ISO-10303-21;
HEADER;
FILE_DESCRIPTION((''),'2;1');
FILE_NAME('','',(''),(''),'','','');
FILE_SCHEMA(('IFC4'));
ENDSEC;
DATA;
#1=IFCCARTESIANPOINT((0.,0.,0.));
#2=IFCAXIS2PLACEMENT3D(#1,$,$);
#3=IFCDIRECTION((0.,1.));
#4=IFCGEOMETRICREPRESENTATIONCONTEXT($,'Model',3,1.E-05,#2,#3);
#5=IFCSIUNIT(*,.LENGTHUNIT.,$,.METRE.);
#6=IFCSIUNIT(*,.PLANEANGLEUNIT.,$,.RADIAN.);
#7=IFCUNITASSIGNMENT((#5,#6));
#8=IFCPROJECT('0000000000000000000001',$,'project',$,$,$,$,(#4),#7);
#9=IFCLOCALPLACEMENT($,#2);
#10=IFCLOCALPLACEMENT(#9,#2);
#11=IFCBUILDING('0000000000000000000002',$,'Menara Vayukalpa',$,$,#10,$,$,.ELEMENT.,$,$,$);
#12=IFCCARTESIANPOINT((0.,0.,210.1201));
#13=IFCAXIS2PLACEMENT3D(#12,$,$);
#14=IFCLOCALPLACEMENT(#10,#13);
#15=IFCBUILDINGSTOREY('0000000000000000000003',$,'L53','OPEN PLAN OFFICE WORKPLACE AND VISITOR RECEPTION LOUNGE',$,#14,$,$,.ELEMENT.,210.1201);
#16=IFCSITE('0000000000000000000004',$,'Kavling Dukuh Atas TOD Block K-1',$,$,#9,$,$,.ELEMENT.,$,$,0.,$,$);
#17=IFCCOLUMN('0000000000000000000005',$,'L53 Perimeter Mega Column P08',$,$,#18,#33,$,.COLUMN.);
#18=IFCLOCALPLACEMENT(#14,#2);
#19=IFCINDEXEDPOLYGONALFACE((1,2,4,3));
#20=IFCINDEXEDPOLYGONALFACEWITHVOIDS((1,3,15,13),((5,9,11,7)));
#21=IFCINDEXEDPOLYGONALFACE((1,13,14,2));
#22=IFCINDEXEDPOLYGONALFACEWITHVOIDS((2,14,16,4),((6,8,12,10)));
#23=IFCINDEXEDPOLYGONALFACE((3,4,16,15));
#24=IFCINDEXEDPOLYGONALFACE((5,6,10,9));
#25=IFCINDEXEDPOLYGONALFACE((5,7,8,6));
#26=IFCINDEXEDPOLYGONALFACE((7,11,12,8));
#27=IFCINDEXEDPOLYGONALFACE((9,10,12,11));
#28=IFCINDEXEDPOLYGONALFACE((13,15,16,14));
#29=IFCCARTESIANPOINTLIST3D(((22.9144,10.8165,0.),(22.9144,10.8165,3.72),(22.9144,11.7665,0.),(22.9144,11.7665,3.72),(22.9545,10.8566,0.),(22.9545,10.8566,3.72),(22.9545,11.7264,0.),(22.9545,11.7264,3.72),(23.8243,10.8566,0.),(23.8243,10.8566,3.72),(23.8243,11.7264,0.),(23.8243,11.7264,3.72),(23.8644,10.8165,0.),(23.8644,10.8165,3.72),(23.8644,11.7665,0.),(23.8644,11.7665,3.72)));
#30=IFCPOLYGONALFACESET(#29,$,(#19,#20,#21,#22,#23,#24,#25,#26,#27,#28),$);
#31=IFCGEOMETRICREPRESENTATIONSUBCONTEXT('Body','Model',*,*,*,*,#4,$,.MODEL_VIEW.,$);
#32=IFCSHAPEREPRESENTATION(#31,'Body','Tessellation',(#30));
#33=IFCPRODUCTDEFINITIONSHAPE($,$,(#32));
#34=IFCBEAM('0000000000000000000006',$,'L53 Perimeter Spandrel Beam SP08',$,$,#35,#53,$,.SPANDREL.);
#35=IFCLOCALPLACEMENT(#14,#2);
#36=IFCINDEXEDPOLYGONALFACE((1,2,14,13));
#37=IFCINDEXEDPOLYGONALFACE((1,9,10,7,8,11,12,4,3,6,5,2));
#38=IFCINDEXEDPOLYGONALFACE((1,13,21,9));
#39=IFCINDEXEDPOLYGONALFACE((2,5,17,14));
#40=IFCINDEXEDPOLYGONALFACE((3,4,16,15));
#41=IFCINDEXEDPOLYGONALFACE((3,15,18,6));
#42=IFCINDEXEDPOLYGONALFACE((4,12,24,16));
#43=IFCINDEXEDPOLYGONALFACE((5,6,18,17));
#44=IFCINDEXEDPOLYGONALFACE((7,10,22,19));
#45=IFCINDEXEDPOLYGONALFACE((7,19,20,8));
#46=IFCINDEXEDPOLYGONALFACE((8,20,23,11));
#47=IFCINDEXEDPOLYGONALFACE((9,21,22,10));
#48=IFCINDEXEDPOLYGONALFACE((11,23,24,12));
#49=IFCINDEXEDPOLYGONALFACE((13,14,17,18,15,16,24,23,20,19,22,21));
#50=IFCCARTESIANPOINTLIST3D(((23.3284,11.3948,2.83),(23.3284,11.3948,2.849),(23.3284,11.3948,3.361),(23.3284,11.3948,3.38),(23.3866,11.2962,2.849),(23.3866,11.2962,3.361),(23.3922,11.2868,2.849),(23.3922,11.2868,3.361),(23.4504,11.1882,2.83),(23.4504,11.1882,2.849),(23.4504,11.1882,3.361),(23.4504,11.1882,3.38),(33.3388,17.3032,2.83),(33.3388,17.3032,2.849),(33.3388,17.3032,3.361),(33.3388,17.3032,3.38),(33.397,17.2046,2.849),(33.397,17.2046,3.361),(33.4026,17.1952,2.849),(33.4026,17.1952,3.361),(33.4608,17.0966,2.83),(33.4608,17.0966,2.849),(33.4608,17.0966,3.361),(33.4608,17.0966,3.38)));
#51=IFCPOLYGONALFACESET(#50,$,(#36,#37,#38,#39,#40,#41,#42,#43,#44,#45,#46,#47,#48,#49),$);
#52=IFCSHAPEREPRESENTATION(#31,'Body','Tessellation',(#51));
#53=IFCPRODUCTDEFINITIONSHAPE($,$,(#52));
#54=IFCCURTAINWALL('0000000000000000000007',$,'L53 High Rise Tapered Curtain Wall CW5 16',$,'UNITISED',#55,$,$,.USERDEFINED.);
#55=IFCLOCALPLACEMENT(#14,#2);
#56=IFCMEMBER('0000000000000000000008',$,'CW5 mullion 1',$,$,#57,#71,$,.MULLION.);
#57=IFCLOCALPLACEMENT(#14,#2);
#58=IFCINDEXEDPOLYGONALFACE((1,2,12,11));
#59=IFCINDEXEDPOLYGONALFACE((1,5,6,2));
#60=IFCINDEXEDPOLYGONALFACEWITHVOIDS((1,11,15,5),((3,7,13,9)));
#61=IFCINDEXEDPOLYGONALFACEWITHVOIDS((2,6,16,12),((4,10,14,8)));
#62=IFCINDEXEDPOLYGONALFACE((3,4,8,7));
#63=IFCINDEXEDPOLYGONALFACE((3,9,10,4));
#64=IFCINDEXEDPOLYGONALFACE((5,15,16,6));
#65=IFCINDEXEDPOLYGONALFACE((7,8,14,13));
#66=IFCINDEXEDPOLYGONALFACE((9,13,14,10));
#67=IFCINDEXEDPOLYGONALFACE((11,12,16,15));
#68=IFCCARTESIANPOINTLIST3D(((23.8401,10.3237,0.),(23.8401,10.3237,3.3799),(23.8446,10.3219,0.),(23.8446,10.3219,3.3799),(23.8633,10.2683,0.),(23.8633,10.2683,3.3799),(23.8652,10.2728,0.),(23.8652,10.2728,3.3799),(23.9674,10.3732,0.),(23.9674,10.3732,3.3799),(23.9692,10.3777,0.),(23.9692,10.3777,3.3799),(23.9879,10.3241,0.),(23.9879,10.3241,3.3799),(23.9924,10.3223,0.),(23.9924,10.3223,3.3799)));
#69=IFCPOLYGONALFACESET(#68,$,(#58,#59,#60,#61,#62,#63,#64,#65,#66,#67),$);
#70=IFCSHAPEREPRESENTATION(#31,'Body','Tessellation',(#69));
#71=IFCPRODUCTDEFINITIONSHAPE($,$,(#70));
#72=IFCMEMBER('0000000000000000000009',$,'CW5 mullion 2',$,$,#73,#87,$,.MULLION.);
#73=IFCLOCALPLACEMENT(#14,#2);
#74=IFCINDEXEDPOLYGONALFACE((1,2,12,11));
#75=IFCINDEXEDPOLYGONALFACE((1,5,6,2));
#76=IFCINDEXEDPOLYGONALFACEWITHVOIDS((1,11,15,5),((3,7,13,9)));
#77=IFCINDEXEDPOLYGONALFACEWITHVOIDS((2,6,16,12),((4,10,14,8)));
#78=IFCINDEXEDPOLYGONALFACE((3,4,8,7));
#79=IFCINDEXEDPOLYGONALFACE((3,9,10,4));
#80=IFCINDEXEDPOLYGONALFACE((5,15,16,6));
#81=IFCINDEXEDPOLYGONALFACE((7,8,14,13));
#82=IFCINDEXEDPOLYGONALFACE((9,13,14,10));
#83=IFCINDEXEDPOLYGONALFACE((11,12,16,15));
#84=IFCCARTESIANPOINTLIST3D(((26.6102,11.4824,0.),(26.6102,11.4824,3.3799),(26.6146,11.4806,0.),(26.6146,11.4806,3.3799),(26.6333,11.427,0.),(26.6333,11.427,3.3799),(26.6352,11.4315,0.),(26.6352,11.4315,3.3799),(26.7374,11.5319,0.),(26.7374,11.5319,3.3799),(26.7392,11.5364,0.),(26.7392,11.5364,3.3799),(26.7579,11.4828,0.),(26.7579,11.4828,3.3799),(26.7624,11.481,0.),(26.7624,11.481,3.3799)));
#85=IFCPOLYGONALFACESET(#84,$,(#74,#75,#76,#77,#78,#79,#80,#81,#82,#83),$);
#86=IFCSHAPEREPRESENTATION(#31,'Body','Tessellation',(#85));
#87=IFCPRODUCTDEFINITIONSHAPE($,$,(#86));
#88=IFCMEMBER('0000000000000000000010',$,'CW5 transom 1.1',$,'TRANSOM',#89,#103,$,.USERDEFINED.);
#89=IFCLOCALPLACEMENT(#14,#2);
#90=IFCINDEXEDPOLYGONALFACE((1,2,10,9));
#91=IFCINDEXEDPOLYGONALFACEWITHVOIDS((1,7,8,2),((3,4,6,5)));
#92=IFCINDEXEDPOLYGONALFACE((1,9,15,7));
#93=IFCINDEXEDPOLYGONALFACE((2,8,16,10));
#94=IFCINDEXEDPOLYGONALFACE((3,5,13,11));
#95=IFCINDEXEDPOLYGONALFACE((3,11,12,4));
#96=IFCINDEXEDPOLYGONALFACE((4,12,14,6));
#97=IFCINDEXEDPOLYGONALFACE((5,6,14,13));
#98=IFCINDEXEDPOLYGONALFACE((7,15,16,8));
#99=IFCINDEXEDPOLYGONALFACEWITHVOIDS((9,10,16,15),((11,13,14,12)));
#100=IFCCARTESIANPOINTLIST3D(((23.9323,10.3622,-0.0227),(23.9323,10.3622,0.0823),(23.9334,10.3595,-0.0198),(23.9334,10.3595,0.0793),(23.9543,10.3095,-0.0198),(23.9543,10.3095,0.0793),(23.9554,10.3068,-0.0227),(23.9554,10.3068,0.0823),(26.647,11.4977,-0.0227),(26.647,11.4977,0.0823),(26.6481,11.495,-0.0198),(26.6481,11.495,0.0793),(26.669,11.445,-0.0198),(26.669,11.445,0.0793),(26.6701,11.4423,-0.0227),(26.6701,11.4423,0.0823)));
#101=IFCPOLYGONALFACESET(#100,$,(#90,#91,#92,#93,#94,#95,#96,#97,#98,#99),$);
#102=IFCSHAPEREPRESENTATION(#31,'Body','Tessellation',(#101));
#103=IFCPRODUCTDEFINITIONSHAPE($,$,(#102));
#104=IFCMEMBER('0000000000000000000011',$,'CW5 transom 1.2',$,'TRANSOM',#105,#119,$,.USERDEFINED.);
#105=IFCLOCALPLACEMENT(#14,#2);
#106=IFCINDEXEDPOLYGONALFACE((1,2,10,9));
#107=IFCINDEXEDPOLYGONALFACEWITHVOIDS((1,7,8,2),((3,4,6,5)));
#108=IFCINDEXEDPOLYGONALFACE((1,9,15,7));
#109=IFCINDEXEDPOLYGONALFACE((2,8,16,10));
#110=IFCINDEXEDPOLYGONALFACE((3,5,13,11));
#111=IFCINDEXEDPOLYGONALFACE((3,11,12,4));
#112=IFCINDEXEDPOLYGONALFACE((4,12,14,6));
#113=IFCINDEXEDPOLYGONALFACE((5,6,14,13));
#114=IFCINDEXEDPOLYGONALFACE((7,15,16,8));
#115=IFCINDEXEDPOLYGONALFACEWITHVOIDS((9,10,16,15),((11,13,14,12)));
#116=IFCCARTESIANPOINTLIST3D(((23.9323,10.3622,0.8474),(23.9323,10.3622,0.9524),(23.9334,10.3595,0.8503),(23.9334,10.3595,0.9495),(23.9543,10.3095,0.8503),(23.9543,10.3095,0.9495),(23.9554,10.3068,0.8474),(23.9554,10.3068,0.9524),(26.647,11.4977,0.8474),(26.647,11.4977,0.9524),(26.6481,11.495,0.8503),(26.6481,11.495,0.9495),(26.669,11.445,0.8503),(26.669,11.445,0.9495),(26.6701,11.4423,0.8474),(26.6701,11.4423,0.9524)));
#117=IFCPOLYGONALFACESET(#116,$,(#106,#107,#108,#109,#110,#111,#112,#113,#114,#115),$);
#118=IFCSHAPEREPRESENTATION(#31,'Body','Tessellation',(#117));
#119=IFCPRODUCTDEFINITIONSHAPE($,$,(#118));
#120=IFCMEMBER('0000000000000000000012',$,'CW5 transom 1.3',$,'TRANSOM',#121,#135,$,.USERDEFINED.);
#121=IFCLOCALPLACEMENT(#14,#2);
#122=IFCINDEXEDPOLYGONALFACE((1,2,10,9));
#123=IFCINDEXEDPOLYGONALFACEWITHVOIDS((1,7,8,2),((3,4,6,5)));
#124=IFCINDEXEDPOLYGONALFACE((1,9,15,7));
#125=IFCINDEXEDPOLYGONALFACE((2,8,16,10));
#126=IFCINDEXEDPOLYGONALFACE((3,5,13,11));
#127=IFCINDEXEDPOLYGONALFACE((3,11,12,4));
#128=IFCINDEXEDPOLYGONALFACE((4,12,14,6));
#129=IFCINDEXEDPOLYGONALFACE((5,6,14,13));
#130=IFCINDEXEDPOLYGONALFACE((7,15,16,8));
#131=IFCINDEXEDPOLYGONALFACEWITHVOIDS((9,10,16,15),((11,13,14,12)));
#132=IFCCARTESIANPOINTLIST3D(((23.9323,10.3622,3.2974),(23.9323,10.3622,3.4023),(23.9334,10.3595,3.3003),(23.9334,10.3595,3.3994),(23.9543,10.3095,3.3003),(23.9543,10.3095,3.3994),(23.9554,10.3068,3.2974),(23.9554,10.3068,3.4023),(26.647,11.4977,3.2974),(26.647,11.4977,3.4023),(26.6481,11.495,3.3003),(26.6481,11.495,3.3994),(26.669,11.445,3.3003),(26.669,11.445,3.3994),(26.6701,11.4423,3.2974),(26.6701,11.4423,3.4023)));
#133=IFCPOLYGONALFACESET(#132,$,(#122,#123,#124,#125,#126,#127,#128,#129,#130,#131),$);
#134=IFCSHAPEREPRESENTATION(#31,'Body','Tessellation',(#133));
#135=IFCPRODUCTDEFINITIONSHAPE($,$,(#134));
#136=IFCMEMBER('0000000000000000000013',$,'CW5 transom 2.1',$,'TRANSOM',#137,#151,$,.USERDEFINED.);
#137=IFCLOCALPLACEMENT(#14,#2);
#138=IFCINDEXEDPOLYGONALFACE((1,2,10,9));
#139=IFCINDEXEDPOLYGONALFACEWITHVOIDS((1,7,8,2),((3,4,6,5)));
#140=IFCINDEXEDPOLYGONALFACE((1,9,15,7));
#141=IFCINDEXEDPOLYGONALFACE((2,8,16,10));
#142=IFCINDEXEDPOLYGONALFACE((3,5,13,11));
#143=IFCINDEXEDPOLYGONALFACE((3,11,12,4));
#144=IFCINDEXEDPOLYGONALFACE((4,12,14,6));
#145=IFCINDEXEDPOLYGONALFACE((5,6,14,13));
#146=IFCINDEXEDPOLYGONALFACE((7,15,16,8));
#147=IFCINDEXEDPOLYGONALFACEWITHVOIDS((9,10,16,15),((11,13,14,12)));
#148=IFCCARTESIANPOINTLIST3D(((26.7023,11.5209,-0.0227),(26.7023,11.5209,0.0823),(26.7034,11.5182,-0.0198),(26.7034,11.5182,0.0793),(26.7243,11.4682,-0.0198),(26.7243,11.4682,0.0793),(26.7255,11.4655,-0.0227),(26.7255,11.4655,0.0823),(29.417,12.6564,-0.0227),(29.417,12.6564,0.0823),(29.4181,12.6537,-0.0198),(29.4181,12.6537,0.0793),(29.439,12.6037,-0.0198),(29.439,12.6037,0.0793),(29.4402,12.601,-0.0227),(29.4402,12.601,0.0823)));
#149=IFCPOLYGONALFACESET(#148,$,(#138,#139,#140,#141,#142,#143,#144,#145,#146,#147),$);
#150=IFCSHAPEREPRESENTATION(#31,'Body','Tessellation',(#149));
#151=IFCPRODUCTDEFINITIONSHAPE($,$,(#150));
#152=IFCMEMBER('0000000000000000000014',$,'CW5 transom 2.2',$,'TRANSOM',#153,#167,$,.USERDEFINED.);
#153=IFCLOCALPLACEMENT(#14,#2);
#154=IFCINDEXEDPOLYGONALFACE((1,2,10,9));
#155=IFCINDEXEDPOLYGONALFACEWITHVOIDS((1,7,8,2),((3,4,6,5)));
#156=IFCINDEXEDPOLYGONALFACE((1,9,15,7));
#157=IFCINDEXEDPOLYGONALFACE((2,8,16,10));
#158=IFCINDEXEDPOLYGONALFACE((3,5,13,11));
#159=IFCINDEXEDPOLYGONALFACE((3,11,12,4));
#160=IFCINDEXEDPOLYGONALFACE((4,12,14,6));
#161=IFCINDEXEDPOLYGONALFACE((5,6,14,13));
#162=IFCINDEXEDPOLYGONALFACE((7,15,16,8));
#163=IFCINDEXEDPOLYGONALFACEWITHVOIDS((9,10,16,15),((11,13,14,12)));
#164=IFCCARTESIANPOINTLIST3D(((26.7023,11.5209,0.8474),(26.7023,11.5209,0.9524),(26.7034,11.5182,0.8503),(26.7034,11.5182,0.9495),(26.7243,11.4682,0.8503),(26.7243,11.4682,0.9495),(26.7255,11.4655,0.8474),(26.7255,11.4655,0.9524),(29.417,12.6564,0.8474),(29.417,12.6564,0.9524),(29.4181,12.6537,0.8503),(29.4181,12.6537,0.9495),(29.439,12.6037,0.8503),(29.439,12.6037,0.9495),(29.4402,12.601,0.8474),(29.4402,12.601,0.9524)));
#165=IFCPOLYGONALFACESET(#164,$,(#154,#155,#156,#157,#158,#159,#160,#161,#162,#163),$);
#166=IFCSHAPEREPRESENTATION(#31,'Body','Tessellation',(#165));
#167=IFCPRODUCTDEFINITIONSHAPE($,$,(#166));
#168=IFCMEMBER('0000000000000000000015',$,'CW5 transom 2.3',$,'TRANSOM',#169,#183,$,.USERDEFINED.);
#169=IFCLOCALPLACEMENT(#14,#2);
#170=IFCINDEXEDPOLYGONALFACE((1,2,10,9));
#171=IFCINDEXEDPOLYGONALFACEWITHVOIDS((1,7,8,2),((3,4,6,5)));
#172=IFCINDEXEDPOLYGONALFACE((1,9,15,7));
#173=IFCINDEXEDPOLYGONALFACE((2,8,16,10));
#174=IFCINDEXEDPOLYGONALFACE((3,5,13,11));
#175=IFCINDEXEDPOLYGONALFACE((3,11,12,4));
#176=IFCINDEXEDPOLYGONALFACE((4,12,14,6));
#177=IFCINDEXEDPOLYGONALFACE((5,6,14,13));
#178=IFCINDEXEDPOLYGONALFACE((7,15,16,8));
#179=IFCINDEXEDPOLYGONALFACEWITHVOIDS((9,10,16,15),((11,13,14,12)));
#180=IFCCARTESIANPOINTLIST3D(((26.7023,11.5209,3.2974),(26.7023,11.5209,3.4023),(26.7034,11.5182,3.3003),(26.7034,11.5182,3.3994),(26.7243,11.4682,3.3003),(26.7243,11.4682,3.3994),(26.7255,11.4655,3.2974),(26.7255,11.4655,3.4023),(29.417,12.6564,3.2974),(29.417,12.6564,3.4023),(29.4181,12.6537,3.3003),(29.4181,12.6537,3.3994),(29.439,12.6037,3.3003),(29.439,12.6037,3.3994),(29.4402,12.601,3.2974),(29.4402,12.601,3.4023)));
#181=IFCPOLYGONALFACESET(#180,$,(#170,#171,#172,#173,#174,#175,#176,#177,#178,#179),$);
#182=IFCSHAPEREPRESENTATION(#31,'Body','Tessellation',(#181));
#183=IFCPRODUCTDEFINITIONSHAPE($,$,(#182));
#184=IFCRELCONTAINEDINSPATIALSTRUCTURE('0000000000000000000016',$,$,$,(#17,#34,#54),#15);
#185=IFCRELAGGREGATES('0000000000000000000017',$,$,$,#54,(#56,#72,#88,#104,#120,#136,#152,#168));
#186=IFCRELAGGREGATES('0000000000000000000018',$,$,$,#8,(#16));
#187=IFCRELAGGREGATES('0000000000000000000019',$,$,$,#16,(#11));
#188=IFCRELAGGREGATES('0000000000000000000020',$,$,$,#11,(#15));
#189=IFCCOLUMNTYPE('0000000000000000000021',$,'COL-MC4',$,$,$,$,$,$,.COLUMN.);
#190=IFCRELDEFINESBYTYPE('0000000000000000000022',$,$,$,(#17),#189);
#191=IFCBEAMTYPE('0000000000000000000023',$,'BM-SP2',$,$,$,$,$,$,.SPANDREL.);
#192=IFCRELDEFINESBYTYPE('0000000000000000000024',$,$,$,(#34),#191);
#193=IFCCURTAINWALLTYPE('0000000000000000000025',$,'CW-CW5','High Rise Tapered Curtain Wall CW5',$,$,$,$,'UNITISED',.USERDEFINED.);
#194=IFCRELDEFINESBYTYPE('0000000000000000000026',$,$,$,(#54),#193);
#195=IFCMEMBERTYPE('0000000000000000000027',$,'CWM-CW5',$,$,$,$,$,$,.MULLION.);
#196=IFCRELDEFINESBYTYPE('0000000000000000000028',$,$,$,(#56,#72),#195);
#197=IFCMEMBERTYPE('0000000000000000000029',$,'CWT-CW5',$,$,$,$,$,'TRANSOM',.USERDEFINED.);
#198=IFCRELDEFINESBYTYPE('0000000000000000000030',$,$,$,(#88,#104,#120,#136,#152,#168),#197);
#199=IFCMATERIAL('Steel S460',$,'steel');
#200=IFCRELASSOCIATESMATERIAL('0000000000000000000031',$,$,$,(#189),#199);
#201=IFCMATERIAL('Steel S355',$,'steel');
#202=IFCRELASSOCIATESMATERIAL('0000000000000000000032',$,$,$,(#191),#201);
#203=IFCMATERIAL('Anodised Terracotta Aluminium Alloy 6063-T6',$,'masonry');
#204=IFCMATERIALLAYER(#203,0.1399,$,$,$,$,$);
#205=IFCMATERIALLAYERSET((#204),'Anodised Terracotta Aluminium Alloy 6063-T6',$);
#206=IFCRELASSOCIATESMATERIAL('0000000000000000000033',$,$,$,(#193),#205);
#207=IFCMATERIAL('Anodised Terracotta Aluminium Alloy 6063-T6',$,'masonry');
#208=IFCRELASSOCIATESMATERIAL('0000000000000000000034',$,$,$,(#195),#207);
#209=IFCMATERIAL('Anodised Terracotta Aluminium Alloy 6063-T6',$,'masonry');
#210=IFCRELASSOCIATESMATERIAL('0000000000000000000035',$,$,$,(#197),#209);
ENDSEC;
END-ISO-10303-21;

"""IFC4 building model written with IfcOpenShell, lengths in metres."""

from ifc_helpers import new_model, si_unit, direction, frame, origin, origin_2d, place, context, subcontext, project, spatial, hollow_rectangle, i_section, extrude, material, layer, layer_set, material_profile, profile_set, type_object, element, aggregate, save


model = new_model("IFC4")

# Units and contexts
model_context = context("Model", 3, precision=1e-05, world=origin(), true_north=direction((0.0, 1.0)))
body_context = subcontext(model_context, "Body", "Model", "MODEL_VIEW")
ifc_project = project(units=[si_unit("LENGTHUNIT", "METRE"), si_unit("PLANEANGLEUNIT", "RADIAN")], contexts=[model_context])

# Site, building, storey
site_placement = place(None, origin())
site = spatial("IfcSite", under=ifc_project, at=site_placement, Name="Kavling Dukuh Atas TOD Block K-1", CompositionType="ELEMENT", RefElevation=0.0)
building_placement = place(site_placement, origin())
building = spatial("IfcBuilding", under=site, at=building_placement, Name="Menara Vayukalpa", CompositionType="ELEMENT")
storey_placement = place(building_placement, frame((0.0, 0.0, 210.1201)))
storey = spatial("IfcBuildingStorey", under=building, at=storey_placement, Name="L53", Description="OPEN PLAN OFFICE WORKPLACE AND VISITOR RECEPTION LOUNGE", CompositionType="ELEMENT", Elevation=210.1201)

# Column
ifc_material_1 = material(Name="Steel S460", Category="steel")
ifc_material_profile_1 = material_profile(ifc_material_1, hollow_rectangle(XDim=0.95, YDim=0.95, WallThickness=0.04, at=origin_2d()), Name="BOX 950x950x40")
ifc_profile_set_1 = profile_set([ifc_material_profile_1], Name="Steel S460")
column_type = type_object("IfcColumnType", Name="COL-MC4", PredefinedType="COLUMN", material=ifc_profile_set_1)
column_placement = place(storey_placement, frame((23.3894, 11.2915, 0.0), z_axis=(0.0, 0.0, 1.0), x_axis=(1.0, 0.0, 0.0)))
element("IfcColumn", 1, at=column_placement, inside=storey, type_object=column_type, Name="L53 Perimeter Mega Column P08", PredefinedType="COLUMN", context=body_context, shape_type="SweptSolid", body=[
    extrude(hollow_rectangle(XDim=0.95, YDim=0.95, WallThickness=0.04, at=origin_2d()), origin(), (0.0, 0.0, 1.0), 3.72),
])

# Beam
ifc_material_2 = material(Name="Steel S355", Category="steel")
ifc_material_profile_2 = material_profile(ifc_material_2, i_section(OverallWidth=0.24, OverallDepth=0.55, WebThickness=0.011, FlangeThickness=0.019, at=origin_2d()), Name="WF 550x240x11x19")
ifc_profile_set_2 = profile_set([ifc_material_profile_2], Name="Steel S355")
beam_type = type_object("IfcBeamType", Name="BM-SP2", PredefinedType="SPANDREL", material=ifc_profile_set_2)
beam_placement = place(storey_placement, frame((23.3894, 11.2915, 3.105), z_axis=(0.861184, 0.508293, 0.0), x_axis=(-0.508293, 0.861184, 0.0)))
element("IfcBeam", 2, at=beam_placement, inside=storey, type_object=beam_type, Name="L53 Perimeter Spandrel Beam SP08", PredefinedType="SPANDREL", context=body_context, shape_type="SweptSolid", body=[
    extrude(i_section(OverallWidth=0.24, OverallDepth=0.55, WebThickness=0.011, FlangeThickness=0.019, at=origin_2d()), origin(), (0.0, 0.0, 1.0), 11.624),
])

# Curtain wall, members
ifc_material_3 = material(Name="Anodised Terracotta Aluminium Alloy 6063-T6", Category="masonry")
ifc_layer_1 = layer(ifc_material_3, 0.1399)
ifc_layer_set_1 = layer_set([ifc_layer_1], Name="Anodised Terracotta Aluminium Alloy 6063-T6")
curtain_wall_type = type_object("IfcCurtainWallType", Name="CW-CW5", Description="High Rise Tapered Curtain Wall CW5", ElementType="UNITISED", PredefinedType="USERDEFINED", material=ifc_layer_set_1)
curtain_wall_placement = place(storey_placement, origin())
curtain_wall = element("IfcCurtainWall", 3, at=curtain_wall_placement, inside=storey, type_object=curtain_wall_type, Name="L53 High Rise Tapered Curtain Wall CW5 16", ObjectType="UNITISED", PredefinedType="USERDEFINED")
ifc_material_4 = material(Name="Anodised Terracotta Aluminium Alloy 6063-T6", Category="masonry")
ifc_material_profile_3 = material_profile(ifc_material_4, hollow_rectangle(XDim=0.0601, YDim=0.1399, WallThickness=0.0034, at=origin_2d()), Name="ALU 60x140x3.5")
ifc_profile_set_3 = profile_set([ifc_material_profile_3], Name="Anodised Terracotta Aluminium Alloy 6063-T6")
member_type_1 = type_object("IfcMemberType", Name="CWM-CW5", PredefinedType="MULLION", material=ifc_profile_set_3)
member_1_placement = place(storey_placement, frame((23.9163, 10.323, 0.0), z_axis=(0.0, 0.0, 1.0), x_axis=(-0.385903, 0.922539, 0.0)))
member_1 = element("IfcMember", 4, at=member_1_placement, type_object=member_type_1, Name="CW5 mullion 1", PredefinedType="MULLION", context=body_context, shape_type="SweptSolid", body=[
    extrude(hollow_rectangle(XDim=0.0601, YDim=0.1399, WallThickness=0.0034, at=origin_2d()), origin(), (0.0, 0.0, 1.0), 3.3799),
])
member_2_placement = place(storey_placement, frame((26.6863, 11.4817, 0.0), z_axis=(0.0, 0.0, 1.0), x_axis=(-0.385903, 0.922539, 0.0)))
member_2 = element("IfcMember", 5, at=member_2_placement, type_object=member_type_1, Name="CW5 mullion 2", PredefinedType="MULLION", context=body_context, shape_type="SweptSolid", body=[
    extrude(hollow_rectangle(XDim=0.0601, YDim=0.1399, WallThickness=0.0034, at=origin_2d()), origin(), (0.0, 0.0, 1.0), 3.3799),
])
ifc_material_5 = material(Name="Anodised Terracotta Aluminium Alloy 6063-T6", Category="masonry")
ifc_material_profile_4 = material_profile(ifc_material_5, hollow_rectangle(XDim=0.0601, YDim=0.105, WallThickness=0.0029, at=origin_2d()), Name="ALU 60x105x3")
ifc_profile_set_4 = profile_set([ifc_material_profile_4], Name="Anodised Terracotta Aluminium Alloy 6063-T6")
member_type_2 = type_object("IfcMemberType", Name="CWT-CW5", ElementType="TRANSOM", PredefinedType="USERDEFINED", material=ifc_profile_set_4)
member_3_placement = place(storey_placement, frame((23.9438, 10.3345, 0.0298), z_axis=(0.922543, 0.385893, 0.0), x_axis=(-0.385893, 0.922543, 0.0)))
member_3 = element("IfcMember", 6, at=member_3_placement, type_object=member_type_2, Name="CW5 transom 1.1", ObjectType="TRANSOM", PredefinedType="USERDEFINED", context=body_context, shape_type="SweptSolid", body=[
    extrude(hollow_rectangle(XDim=0.0601, YDim=0.105, WallThickness=0.0029, at=origin_2d()), origin(), (0.0, 0.0, 1.0), 2.9426),
])
member_4_placement = place(storey_placement, frame((23.9438, 10.3345, 0.8999), z_axis=(0.922543, 0.385893, 0.0), x_axis=(-0.385893, 0.922543, 0.0)))
member_4 = element("IfcMember", 7, at=member_4_placement, type_object=member_type_2, Name="CW5 transom 1.2", ObjectType="TRANSOM", PredefinedType="USERDEFINED", context=body_context, shape_type="SweptSolid", body=[
    extrude(hollow_rectangle(XDim=0.0601, YDim=0.105, WallThickness=0.0029, at=origin_2d()), origin(), (0.0, 0.0, 1.0), 2.9426),
])
member_5_placement = place(storey_placement, frame((23.9438, 10.3345, 3.3499), z_axis=(0.922543, 0.385893, 0.0), x_axis=(-0.385893, 0.922543, 0.0)))
member_5 = element("IfcMember", 8, at=member_5_placement, type_object=member_type_2, Name="CW5 transom 1.3", ObjectType="TRANSOM", PredefinedType="USERDEFINED", context=body_context, shape_type="SweptSolid", body=[
    extrude(hollow_rectangle(XDim=0.0601, YDim=0.105, WallThickness=0.0029, at=origin_2d()), origin(), (0.0, 0.0, 1.0), 2.9426),
])
member_6_placement = place(storey_placement, frame((26.7139, 11.4932, 0.0298), z_axis=(0.922543, 0.385893, 0.0), x_axis=(-0.385893, 0.922543, 0.0)))
member_6 = element("IfcMember", 9, at=member_6_placement, type_object=member_type_2, Name="CW5 transom 2.1", ObjectType="TRANSOM", PredefinedType="USERDEFINED", context=body_context, shape_type="SweptSolid", body=[
    extrude(hollow_rectangle(XDim=0.0601, YDim=0.105, WallThickness=0.0029, at=origin_2d()), origin(), (0.0, 0.0, 1.0), 2.9426),
])
member_7_placement = place(storey_placement, frame((26.7139, 11.4932, 0.8999), z_axis=(0.922543, 0.385893, 0.0), x_axis=(-0.385893, 0.922543, 0.0)))
member_7 = element("IfcMember", 10, at=member_7_placement, type_object=member_type_2, Name="CW5 transom 2.2", ObjectType="TRANSOM", PredefinedType="USERDEFINED", context=body_context, shape_type="SweptSolid", body=[
    extrude(hollow_rectangle(XDim=0.0601, YDim=0.105, WallThickness=0.0029, at=origin_2d()), origin(), (0.0, 0.0, 1.0), 2.9426),
])
member_8_placement = place(storey_placement, frame((26.7139, 11.4932, 3.3499), z_axis=(0.922543, 0.385893, 0.0), x_axis=(-0.385893, 0.922543, 0.0)))
member_8 = element("IfcMember", 11, at=member_8_placement, type_object=member_type_2, Name="CW5 transom 2.3", ObjectType="TRANSOM", PredefinedType="USERDEFINED", context=body_context, shape_type="SweptSolid", body=[
    extrude(hollow_rectangle(XDim=0.0601, YDim=0.105, WallThickness=0.0029, at=origin_2d()), origin(), (0.0, 0.0, 1.0), 2.9426),
])
aggregate(curtain_wall, [member_1, member_2, member_3, member_4, member_5, member_6, member_7, member_8])

save(model, "model.ifc")
